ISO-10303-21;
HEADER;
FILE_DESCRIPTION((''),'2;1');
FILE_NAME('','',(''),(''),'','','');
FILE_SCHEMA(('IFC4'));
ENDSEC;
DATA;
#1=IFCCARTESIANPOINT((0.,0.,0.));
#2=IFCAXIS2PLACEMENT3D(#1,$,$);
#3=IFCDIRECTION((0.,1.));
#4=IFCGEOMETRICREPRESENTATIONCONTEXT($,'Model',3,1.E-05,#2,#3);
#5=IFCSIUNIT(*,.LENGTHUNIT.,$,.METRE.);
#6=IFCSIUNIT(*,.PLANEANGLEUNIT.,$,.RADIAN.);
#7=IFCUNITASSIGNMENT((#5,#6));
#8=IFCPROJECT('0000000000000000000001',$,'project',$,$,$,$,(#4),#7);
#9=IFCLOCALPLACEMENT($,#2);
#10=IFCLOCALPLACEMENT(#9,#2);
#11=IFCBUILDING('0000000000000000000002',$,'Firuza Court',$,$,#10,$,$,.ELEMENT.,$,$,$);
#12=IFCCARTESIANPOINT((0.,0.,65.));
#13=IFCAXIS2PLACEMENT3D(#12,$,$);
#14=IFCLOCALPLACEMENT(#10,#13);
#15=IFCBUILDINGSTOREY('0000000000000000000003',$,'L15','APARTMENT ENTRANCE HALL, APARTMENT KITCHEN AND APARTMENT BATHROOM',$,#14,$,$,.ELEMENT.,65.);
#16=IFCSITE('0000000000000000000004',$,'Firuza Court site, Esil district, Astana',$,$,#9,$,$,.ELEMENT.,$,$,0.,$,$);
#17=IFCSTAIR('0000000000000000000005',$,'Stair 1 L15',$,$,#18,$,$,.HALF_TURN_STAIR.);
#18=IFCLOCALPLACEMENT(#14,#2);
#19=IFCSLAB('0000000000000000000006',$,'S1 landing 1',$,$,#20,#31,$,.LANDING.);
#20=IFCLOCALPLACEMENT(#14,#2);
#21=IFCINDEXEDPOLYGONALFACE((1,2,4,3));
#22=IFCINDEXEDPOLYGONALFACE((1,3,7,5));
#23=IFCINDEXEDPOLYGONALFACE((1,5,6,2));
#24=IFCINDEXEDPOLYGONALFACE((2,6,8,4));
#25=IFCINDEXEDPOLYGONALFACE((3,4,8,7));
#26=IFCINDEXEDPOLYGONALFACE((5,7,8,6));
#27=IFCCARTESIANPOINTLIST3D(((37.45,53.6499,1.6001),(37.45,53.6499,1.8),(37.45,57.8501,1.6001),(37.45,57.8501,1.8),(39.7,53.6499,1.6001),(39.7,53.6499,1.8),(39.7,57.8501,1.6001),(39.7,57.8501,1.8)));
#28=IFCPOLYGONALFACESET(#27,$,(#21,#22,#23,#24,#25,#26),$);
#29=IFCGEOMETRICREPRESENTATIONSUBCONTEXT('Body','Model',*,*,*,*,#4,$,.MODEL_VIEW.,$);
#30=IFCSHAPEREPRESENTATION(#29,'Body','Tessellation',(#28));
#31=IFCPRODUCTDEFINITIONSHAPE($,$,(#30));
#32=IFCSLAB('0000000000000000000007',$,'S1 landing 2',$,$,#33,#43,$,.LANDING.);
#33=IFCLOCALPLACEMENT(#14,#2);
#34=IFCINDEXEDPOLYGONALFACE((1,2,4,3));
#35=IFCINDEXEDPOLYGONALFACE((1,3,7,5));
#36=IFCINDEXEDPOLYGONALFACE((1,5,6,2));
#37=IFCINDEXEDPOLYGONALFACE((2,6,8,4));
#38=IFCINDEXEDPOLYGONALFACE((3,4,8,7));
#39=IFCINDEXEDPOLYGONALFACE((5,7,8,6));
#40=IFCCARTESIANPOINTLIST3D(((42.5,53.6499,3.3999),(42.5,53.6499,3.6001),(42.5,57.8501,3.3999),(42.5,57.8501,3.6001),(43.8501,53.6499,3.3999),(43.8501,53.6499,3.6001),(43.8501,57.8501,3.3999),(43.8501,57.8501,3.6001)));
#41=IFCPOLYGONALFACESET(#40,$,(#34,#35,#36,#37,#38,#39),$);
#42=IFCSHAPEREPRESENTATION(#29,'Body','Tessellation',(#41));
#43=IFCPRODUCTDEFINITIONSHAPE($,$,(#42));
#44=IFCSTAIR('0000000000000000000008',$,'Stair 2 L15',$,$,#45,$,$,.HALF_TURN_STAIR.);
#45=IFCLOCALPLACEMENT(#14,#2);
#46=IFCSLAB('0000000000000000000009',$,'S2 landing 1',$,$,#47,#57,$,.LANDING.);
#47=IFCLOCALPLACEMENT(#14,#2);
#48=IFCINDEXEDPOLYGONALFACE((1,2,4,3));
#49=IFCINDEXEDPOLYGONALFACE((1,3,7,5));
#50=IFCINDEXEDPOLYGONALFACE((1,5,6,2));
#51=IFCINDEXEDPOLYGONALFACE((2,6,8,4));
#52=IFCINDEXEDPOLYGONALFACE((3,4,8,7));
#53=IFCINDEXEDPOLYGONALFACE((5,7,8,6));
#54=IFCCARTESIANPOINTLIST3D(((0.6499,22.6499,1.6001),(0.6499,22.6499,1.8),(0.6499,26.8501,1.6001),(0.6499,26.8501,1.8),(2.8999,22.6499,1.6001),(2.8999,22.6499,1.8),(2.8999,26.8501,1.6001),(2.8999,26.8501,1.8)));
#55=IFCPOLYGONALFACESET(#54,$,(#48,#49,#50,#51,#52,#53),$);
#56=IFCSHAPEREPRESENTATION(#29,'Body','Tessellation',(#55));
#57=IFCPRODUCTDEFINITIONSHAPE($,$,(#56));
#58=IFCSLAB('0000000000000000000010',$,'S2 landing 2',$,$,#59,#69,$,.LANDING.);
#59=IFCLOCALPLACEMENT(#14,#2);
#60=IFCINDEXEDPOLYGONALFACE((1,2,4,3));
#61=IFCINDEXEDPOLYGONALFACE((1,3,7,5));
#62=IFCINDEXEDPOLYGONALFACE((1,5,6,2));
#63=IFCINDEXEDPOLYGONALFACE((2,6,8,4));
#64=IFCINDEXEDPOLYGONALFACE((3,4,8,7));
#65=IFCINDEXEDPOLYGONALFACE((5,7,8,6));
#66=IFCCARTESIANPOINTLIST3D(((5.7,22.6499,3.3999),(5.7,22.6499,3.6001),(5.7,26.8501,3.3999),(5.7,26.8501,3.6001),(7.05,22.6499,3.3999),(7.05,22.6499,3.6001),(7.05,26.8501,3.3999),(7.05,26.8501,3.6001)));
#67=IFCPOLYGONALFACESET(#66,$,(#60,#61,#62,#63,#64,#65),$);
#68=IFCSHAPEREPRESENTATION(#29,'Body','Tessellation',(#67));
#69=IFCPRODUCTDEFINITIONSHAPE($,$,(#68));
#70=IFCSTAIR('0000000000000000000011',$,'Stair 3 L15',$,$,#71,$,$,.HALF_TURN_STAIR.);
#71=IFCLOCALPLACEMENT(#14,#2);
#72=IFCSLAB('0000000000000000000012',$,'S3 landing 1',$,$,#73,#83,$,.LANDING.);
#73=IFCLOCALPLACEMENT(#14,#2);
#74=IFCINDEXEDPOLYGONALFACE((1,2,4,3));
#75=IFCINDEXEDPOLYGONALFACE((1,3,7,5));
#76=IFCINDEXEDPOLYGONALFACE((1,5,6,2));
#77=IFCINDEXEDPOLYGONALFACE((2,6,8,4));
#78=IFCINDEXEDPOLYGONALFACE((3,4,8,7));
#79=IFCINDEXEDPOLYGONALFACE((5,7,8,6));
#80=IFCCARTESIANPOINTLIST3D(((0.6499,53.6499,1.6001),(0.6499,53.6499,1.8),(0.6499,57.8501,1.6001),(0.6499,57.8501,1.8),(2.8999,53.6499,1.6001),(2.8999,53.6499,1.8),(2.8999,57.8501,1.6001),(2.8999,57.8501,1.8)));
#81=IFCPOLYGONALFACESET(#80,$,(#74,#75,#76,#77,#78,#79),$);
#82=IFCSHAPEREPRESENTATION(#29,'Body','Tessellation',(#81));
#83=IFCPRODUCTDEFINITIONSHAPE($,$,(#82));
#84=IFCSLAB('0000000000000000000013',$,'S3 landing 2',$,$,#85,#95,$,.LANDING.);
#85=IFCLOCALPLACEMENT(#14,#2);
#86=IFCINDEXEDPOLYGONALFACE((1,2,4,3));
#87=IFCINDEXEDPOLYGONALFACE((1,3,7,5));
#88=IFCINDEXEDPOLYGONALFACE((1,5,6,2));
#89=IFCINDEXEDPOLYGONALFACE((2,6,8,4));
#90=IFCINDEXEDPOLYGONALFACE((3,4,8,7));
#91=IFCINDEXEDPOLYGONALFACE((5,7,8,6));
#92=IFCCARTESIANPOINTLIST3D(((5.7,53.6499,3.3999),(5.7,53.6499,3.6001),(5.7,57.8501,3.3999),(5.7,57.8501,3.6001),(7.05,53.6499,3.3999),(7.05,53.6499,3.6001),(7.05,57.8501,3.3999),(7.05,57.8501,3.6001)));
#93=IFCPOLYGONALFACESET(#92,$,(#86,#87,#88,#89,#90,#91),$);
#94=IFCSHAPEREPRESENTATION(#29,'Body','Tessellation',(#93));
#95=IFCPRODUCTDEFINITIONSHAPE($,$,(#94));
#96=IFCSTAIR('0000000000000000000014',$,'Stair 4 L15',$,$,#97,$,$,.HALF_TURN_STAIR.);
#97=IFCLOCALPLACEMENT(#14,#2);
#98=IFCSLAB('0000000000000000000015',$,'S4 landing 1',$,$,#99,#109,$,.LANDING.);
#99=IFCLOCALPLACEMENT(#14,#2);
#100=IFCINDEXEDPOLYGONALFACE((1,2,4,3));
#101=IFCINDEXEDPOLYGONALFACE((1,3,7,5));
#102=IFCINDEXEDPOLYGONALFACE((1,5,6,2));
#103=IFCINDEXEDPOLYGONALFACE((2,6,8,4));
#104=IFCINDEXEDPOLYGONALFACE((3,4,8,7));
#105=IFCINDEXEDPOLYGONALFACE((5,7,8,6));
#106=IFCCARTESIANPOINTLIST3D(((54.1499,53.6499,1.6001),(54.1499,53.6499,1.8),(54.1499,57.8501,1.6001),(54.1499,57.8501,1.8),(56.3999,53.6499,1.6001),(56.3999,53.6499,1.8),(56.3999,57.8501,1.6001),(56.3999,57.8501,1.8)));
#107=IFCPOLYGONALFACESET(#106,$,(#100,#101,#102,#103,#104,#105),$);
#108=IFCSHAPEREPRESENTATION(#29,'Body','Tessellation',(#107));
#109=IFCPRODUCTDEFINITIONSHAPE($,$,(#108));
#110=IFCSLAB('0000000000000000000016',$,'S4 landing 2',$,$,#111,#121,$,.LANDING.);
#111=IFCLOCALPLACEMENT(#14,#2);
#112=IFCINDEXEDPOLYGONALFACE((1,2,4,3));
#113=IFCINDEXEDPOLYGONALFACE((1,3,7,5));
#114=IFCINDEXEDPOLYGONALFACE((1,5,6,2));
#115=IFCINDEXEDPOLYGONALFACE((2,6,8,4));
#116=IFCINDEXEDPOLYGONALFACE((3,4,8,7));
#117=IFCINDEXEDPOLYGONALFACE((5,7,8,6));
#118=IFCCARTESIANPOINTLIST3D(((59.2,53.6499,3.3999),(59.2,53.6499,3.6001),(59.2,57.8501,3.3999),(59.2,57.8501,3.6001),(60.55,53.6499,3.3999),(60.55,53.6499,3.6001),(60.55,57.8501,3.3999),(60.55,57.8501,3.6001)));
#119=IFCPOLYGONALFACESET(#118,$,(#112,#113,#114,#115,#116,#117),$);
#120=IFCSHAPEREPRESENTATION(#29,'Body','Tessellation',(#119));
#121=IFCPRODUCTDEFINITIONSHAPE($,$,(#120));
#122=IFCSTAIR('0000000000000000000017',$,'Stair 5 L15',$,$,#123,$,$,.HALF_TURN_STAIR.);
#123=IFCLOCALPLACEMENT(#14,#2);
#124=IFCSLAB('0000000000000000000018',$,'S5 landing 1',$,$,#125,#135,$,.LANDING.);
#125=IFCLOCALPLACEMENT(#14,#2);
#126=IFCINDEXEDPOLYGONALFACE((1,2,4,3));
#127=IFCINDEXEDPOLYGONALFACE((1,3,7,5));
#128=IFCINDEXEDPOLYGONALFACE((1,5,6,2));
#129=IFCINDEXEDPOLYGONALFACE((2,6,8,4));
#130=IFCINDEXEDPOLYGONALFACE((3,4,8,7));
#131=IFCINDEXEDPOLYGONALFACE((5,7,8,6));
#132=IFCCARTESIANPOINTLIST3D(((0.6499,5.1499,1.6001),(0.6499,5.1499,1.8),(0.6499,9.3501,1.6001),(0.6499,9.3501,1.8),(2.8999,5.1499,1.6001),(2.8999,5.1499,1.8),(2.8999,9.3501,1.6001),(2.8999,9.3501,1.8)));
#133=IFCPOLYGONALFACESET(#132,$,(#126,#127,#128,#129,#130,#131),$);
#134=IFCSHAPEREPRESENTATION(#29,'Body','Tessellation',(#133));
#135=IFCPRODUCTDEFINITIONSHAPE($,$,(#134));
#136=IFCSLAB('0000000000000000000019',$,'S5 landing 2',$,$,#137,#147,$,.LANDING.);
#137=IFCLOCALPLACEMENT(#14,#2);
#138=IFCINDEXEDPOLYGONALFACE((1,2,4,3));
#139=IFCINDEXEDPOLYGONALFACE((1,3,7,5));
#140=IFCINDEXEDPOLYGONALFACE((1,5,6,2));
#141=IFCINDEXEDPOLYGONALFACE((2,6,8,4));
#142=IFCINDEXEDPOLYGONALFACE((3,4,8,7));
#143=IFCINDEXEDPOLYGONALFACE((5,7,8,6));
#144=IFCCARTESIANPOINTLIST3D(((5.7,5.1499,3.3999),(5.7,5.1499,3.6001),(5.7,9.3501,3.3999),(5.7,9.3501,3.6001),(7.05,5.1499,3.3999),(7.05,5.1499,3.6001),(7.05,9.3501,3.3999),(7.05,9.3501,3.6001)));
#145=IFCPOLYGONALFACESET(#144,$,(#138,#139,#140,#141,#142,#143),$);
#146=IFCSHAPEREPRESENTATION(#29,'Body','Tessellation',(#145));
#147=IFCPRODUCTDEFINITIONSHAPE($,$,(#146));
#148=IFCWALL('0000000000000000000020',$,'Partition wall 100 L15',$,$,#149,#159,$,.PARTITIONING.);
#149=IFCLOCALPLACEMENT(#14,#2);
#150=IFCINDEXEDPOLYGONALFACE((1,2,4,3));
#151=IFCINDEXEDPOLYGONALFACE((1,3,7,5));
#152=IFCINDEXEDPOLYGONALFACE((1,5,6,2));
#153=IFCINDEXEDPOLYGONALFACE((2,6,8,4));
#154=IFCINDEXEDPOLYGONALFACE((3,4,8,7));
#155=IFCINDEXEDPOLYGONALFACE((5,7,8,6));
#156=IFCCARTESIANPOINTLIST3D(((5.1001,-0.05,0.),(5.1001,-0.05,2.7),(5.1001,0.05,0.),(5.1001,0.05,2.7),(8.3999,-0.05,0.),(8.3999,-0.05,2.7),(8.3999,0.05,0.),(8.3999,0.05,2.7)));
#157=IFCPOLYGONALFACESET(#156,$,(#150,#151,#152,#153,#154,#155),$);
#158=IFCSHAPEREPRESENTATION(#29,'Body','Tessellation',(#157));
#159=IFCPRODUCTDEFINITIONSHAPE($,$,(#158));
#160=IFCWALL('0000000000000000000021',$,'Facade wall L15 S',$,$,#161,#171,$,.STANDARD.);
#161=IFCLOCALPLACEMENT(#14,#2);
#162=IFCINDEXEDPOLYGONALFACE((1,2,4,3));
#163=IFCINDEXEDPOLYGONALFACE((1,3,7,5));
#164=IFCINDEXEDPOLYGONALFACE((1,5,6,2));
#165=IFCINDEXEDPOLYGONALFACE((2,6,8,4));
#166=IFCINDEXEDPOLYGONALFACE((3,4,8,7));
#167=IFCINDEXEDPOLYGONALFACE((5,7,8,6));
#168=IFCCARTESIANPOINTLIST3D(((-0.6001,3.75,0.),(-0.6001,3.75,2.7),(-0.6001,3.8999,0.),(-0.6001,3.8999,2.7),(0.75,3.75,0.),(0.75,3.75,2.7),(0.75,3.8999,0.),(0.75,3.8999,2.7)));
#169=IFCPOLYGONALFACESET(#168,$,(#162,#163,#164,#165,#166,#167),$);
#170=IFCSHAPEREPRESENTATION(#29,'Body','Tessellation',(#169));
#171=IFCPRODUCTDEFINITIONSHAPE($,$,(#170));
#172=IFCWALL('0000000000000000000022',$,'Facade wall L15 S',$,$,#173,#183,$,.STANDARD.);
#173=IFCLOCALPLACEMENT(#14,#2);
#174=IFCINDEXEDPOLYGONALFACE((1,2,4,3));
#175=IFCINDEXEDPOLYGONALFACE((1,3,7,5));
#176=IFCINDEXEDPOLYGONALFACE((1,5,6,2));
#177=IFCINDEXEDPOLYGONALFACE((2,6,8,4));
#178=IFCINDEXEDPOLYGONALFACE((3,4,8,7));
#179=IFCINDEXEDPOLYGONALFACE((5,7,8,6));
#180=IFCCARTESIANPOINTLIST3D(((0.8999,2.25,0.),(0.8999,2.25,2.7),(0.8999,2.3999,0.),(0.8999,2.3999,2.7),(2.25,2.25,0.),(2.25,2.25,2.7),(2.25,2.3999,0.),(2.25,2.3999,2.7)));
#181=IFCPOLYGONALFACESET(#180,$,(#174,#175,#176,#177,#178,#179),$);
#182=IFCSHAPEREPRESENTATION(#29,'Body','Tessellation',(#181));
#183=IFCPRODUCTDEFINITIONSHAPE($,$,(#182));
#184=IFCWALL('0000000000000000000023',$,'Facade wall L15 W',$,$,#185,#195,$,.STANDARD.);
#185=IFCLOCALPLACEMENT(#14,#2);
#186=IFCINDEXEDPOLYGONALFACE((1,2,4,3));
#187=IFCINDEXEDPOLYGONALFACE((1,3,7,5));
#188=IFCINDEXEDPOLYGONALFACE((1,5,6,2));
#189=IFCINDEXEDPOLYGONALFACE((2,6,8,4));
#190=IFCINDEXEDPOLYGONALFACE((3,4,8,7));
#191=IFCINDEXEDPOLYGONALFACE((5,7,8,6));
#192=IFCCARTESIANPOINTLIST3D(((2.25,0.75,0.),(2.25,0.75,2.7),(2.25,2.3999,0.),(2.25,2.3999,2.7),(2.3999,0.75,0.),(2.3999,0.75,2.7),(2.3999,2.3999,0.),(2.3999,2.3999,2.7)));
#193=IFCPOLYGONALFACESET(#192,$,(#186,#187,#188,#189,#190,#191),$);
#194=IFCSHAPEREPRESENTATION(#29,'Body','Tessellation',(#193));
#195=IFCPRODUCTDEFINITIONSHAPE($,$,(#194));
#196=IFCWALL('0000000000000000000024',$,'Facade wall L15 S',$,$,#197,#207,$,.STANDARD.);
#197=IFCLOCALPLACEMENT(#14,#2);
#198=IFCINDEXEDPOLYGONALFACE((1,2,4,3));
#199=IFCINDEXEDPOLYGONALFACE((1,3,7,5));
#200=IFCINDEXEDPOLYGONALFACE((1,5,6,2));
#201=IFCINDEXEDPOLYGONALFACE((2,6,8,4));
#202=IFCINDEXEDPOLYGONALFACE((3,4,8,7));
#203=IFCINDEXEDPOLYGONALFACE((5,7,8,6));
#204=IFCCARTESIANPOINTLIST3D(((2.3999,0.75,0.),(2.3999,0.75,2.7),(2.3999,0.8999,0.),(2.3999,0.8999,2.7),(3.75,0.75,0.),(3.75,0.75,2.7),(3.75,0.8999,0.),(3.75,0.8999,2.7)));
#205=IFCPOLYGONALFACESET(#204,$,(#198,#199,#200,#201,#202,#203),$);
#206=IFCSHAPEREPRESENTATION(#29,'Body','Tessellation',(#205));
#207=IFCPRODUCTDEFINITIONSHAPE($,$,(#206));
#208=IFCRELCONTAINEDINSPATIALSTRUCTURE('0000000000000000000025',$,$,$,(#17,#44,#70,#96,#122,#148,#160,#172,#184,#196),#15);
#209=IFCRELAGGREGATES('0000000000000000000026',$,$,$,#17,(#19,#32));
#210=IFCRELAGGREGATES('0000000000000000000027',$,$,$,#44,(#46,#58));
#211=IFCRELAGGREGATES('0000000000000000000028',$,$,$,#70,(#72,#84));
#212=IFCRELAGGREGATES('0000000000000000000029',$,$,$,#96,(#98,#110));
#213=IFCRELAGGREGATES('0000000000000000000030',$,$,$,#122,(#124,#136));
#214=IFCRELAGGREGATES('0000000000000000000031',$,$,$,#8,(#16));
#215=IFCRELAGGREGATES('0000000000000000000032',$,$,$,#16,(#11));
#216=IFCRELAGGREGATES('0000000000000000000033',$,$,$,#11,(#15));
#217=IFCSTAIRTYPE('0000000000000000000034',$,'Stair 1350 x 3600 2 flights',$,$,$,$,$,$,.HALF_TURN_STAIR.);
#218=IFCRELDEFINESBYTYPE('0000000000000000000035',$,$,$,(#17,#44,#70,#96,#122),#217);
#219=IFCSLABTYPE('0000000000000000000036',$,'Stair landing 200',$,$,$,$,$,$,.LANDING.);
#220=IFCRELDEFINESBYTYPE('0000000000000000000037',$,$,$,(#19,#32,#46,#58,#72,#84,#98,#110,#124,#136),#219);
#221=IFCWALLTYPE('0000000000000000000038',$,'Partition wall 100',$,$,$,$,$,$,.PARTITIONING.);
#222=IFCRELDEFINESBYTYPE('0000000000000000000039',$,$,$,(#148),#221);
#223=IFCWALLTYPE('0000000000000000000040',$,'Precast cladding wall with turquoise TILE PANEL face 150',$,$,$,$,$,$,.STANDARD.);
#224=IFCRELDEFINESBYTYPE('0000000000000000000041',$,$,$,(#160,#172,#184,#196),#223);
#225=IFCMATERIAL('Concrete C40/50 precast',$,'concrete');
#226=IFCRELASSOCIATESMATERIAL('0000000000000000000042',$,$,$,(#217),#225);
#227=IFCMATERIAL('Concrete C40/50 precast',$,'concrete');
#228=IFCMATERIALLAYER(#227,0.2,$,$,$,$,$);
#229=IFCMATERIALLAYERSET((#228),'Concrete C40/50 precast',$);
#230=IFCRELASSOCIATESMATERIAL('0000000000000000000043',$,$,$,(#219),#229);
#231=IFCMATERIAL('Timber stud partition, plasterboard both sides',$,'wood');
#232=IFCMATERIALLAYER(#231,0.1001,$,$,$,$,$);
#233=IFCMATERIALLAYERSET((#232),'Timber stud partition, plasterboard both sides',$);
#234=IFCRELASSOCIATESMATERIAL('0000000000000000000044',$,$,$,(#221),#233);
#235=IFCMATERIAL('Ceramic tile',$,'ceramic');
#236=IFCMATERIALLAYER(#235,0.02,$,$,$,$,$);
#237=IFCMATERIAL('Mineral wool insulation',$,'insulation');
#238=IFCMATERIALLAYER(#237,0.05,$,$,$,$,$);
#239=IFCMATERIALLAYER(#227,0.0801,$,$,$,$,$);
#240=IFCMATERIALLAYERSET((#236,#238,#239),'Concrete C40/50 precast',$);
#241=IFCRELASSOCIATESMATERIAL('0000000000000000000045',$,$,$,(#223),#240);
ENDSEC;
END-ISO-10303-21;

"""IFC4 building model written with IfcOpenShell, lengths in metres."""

from ifc_helpers import new_model, si_unit, direction, frame, frame_2d, origin, place, context, subcontext, project, spatial, polyline, rectangle, outline, extrude, material, layer, layer_set, type_object, element, aggregate, save


model = new_model("IFC4")

# Units and contexts
model_context = context("Model", 3, precision=1e-05, world=origin(), true_north=direction((0.0, 1.0)))
body_context = subcontext(model_context, "Body", "Model", "MODEL_VIEW")
ifc_project = project(units=[si_unit("LENGTHUNIT", "METRE"), si_unit("PLANEANGLEUNIT", "RADIAN")], contexts=[model_context])

# Site, building, storey
site_placement = place(None, origin())
site = spatial("IfcSite", under=ifc_project, at=site_placement, Name="Firuza Court site, Esil district, Astana", CompositionType="ELEMENT", RefElevation=0.0)
building_placement = place(site_placement, origin())
building = spatial("IfcBuilding", under=site, at=building_placement, Name="Firuza Court", CompositionType="ELEMENT")
storey_placement = place(building_placement, frame((0.0, 0.0, 65.0)))
storey = spatial("IfcBuildingStorey", under=building, at=storey_placement, Name="L15", Description="APARTMENT ENTRANCE HALL, APARTMENT KITCHEN AND APARTMENT BATHROOM", CompositionType="ELEMENT", Elevation=65.0)

# Stairs, slabs
ifc_material_1 = material(Name="Concrete C40/50 precast", Category="concrete")
stair_type = type_object("IfcStairType", Name="Stair 1350 x 3600 2 flights", PredefinedType="HALF_TURN_STAIR", material=ifc_material_1)
stair_1_placement = place(storey_placement, origin())
stair_1 = element("IfcStair", 1, at=stair_1_placement, inside=storey, type_object=stair_type, Name="Stair 1 L15", PredefinedType="HALF_TURN_STAIR")
ifc_material_2 = material(Name="Concrete C40/50 precast", Category="concrete")
ifc_layer_1 = layer(ifc_material_2, 0.2)
ifc_layer_set_1 = layer_set([ifc_layer_1], Name="Concrete C40/50 precast")
slab_type_1 = type_object("IfcSlabType", Name="Stair landing 200", PredefinedType="LANDING", material=ifc_layer_set_1)
slab_1_placement = place(storey_placement, frame((0.0, 0.0, 1.6001)))
slab_1 = element("IfcSlab", 2, at=slab_1_placement, type_object=slab_type_1, Name="S1 landing 1", PredefinedType="LANDING", context=body_context, shape_type="SweptSolid", body=[
    extrude(outline(polyline([(39.7, 53.6499), (39.7, 57.8501), (37.45, 57.8501), (37.45, 53.6499), (39.7, 53.6499)])), origin(), (0.0, 0.0, 1.0), 0.2),
])
slab_2_placement = place(storey_placement, frame((0.0, 0.0, 3.3999)))
slab_2 = element("IfcSlab", 3, at=slab_2_placement, type_object=slab_type_1, Name="S1 landing 2", PredefinedType="LANDING", context=body_context, shape_type="SweptSolid", body=[
    extrude(outline(polyline([(43.8501, 53.6499), (43.8501, 57.8501), (42.5, 57.8501), (42.5, 53.6499), (43.8501, 53.6499)])), origin(), (0.0, 0.0, 1.0), 0.2002),
])
aggregate(stair_1, [slab_1, slab_2])
stair_2_placement = place(storey_placement, origin())
stair_2 = element("IfcStair", 4, at=stair_2_placement, inside=storey, type_object=stair_type, Name="Stair 2 L15", PredefinedType="HALF_TURN_STAIR")
slab_3_placement = place(storey_placement, frame((0.0, 0.0, 1.6001)))
slab_3 = element("IfcSlab", 5, at=slab_3_placement, type_object=slab_type_1, Name="S2 landing 1", PredefinedType="LANDING", context=body_context, shape_type="SweptSolid", body=[
    extrude(outline(polyline([(2.8999, 22.6499), (2.8999, 26.8501), (0.6499, 26.8501), (0.6499, 22.6499), (2.8999, 22.6499)])), origin(), (0.0, 0.0, 1.0), 0.2),
])
slab_4_placement = place(storey_placement, frame((0.0, 0.0, 3.3999)))
slab_4 = element("IfcSlab", 6, at=slab_4_placement, type_object=slab_type_1, Name="S2 landing 2", PredefinedType="LANDING", context=body_context, shape_type="SweptSolid", body=[
    extrude(outline(polyline([(7.05, 22.6499), (7.05, 26.8501), (5.7, 26.8501), (5.7, 22.6499), (7.05, 22.6499)])), origin(), (0.0, 0.0, 1.0), 0.2002),
])
aggregate(stair_2, [slab_3, slab_4])
stair_3_placement = place(storey_placement, origin())
stair_3 = element("IfcStair", 7, at=stair_3_placement, inside=storey, type_object=stair_type, Name="Stair 3 L15", PredefinedType="HALF_TURN_STAIR")
slab_5_placement = place(storey_placement, frame((0.0, 0.0, 1.6001)))
slab_5 = element("IfcSlab", 8, at=slab_5_placement, type_object=slab_type_1, Name="S3 landing 1", PredefinedType="LANDING", context=body_context, shape_type="SweptSolid", body=[
    extrude(outline(polyline([(2.8999, 53.6499), (2.8999, 57.8501), (0.6499, 57.8501), (0.6499, 53.6499), (2.8999, 53.6499)])), origin(), (0.0, 0.0, 1.0), 0.2),
])
slab_6_placement = place(storey_placement, frame((0.0, 0.0, 3.3999)))
slab_6 = element("IfcSlab", 9, at=slab_6_placement, type_object=slab_type_1, Name="S3 landing 2", PredefinedType="LANDING", context=body_context, shape_type="SweptSolid", body=[
    extrude(outline(polyline([(7.05, 53.6499), (7.05, 57.8501), (5.7, 57.8501), (5.7, 53.6499), (7.05, 53.6499)])), origin(), (0.0, 0.0, 1.0), 0.2002),
])
aggregate(stair_3, [slab_5, slab_6])
stair_4_placement = place(storey_placement, origin())
stair_4 = element("IfcStair", 10, at=stair_4_placement, inside=storey, type_object=stair_type, Name="Stair 4 L15", PredefinedType="HALF_TURN_STAIR")
slab_7_placement = place(storey_placement, frame((0.0, 0.0, 1.6001)))
slab_7 = element("IfcSlab", 11, at=slab_7_placement, type_object=slab_type_1, Name="S4 landing 1", PredefinedType="LANDING", context=body_context, shape_type="SweptSolid", body=[
    extrude(outline(polyline([(56.3999, 53.6499), (56.3999, 57.8501), (54.1499, 57.8501), (54.1499, 53.6499), (56.3999, 53.6499)])), origin(), (0.0, 0.0, 1.0), 0.2),
])
slab_8_placement = place(storey_placement, frame((0.0, 0.0, 3.3999)))
slab_8 = element("IfcSlab", 12, at=slab_8_placement, type_object=slab_type_1, Name="S4 landing 2", PredefinedType="LANDING", context=body_context, shape_type="SweptSolid", body=[
    extrude(outline(polyline([(60.55, 53.6499), (60.55, 57.8501), (59.2, 57.8501), (59.2, 53.6499), (60.55, 53.6499)])), origin(), (0.0, 0.0, 1.0), 0.2002),
])
aggregate(stair_4, [slab_7, slab_8])
stair_5_placement = place(storey_placement, origin())
stair_5 = element("IfcStair", 13, at=stair_5_placement, inside=storey, type_object=stair_type, Name="Stair 5 L15", PredefinedType="HALF_TURN_STAIR")
slab_9_placement = place(storey_placement, frame((0.0, 0.0, 1.6001)))
slab_9 = element("IfcSlab", 14, at=slab_9_placement, type_object=slab_type_1, Name="S5 landing 1", PredefinedType="LANDING", context=body_context, shape_type="SweptSolid", body=[
    extrude(outline(polyline([(2.8999, 5.1499), (2.8999, 9.3501), (0.6499, 9.3501), (0.6499, 5.1499), (2.8999, 5.1499)])), origin(), (0.0, 0.0, 1.0), 0.2),
])
slab_10_placement = place(storey_placement, frame((0.0, 0.0, 3.3999)))
slab_10 = element("IfcSlab", 15, at=slab_10_placement, type_object=slab_type_1, Name="S5 landing 2", PredefinedType="LANDING", context=body_context, shape_type="SweptSolid", body=[
    extrude(outline(polyline([(7.05, 5.1499), (7.05, 9.3501), (5.7, 9.3501), (5.7, 5.1499), (7.05, 5.1499)])), origin(), (0.0, 0.0, 1.0), 0.2002),
])
aggregate(stair_5, [slab_9, slab_10])

# Walls
ifc_material_3 = material(Name="Timber stud partition, plasterboard both sides", Category="wood")
ifc_layer_2 = layer(ifc_material_3, 0.1001)
ifc_layer_set_2 = layer_set([ifc_layer_2], Name="Timber stud partition, plasterboard both sides")
wall_type_1 = type_object("IfcWallType", Name="Partition wall 100", PredefinedType="PARTITIONING", material=ifc_layer_set_2)
wall_1_placement = place(storey_placement, frame((5.1001, 0.0, 0.0), z_axis=(0.0, 0.0, 1.0), x_axis=(1.0, 0.0, 0.0)))
element("IfcWall", 16, at=wall_1_placement, inside=storey, type_object=wall_type_1, Name="Partition wall 100 L15", PredefinedType="PARTITIONING", context=body_context, shape_type="SweptSolid", body=[
    extrude(rectangle(XDim=3.2998, YDim=0.1001, at=frame_2d((1.6499, 0.0))), origin(), (0.0, 0.0, 1.0), 2.7),
])
ifc_material_4 = material(Name="Ceramic tile", Category="ceramic")
ifc_layer_3 = layer(ifc_material_4, 0.02)
ifc_material_5 = material(Name="Mineral wool insulation", Category="insulation")
ifc_layer_4 = layer(ifc_material_5, 0.05)
ifc_layer_5 = layer(ifc_material_2, 0.0801)
ifc_layer_set_3 = layer_set([ifc_layer_3, ifc_layer_4, ifc_layer_5], Name="Concrete C40/50 precast")
wall_type_2 = type_object("IfcWallType", Name="Precast cladding wall with turquoise TILE PANEL face 150", PredefinedType="STANDARD", material=ifc_layer_set_3)
for number, where, z_axis, x_axis, name in (
    (17, (-0.6001, 3.825, 0.0), (0.0, 0.0, 1.0), (1.0, 0.0, 0.0), "Facade wall L15 S"),
    (18, (0.8999, 2.325, 0.0), (0.0, 0.0, 1.0), (1.0, 0.0, 0.0), "Facade wall L15 S"),
):
    element("IfcWall", number, at=place(storey_placement, frame(where, z_axis=z_axis, x_axis=x_axis)), inside=storey, type_object=wall_type_2, Name=name, PredefinedType="STANDARD", context=body_context, shape_type="SweptSolid", body=[
        extrude(rectangle(XDim=1.3501, YDim=0.1499, at=frame_2d((0.675, 0.0))), origin(), (0.0, 0.0, 1.0), 2.7),
    ])
wall_2_placement = place(storey_placement, frame((2.325, 2.3999, 0.0), z_axis=(0.0, 0.0, 1.0), x_axis=(0.0, -1.0, 0.0)))
element("IfcWall", 19, at=wall_2_placement, inside=storey, type_object=wall_type_2, Name="Facade wall L15 W", PredefinedType="STANDARD", context=body_context, shape_type="SweptSolid", body=[
    extrude(rectangle(XDim=1.6499, YDim=0.1499, at=frame_2d((0.825, 0.0))), origin(), (0.0, 0.0, 1.0), 2.7),
])
wall_3_placement = place(storey_placement, frame((2.3999, 0.825, 0.0), z_axis=(0.0, 0.0, 1.0), x_axis=(1.0, 0.0, 0.0)))
element("IfcWall", 20, at=wall_3_placement, inside=storey, type_object=wall_type_2, Name="Facade wall L15 S", PredefinedType="STANDARD", context=body_context, shape_type="SweptSolid", body=[
    extrude(rectangle(XDim=1.3501, YDim=0.1499, at=frame_2d((0.675, 0.0))), origin(), (0.0, 0.0, 1.0), 2.7),
])

save(model, "model.ifc")
